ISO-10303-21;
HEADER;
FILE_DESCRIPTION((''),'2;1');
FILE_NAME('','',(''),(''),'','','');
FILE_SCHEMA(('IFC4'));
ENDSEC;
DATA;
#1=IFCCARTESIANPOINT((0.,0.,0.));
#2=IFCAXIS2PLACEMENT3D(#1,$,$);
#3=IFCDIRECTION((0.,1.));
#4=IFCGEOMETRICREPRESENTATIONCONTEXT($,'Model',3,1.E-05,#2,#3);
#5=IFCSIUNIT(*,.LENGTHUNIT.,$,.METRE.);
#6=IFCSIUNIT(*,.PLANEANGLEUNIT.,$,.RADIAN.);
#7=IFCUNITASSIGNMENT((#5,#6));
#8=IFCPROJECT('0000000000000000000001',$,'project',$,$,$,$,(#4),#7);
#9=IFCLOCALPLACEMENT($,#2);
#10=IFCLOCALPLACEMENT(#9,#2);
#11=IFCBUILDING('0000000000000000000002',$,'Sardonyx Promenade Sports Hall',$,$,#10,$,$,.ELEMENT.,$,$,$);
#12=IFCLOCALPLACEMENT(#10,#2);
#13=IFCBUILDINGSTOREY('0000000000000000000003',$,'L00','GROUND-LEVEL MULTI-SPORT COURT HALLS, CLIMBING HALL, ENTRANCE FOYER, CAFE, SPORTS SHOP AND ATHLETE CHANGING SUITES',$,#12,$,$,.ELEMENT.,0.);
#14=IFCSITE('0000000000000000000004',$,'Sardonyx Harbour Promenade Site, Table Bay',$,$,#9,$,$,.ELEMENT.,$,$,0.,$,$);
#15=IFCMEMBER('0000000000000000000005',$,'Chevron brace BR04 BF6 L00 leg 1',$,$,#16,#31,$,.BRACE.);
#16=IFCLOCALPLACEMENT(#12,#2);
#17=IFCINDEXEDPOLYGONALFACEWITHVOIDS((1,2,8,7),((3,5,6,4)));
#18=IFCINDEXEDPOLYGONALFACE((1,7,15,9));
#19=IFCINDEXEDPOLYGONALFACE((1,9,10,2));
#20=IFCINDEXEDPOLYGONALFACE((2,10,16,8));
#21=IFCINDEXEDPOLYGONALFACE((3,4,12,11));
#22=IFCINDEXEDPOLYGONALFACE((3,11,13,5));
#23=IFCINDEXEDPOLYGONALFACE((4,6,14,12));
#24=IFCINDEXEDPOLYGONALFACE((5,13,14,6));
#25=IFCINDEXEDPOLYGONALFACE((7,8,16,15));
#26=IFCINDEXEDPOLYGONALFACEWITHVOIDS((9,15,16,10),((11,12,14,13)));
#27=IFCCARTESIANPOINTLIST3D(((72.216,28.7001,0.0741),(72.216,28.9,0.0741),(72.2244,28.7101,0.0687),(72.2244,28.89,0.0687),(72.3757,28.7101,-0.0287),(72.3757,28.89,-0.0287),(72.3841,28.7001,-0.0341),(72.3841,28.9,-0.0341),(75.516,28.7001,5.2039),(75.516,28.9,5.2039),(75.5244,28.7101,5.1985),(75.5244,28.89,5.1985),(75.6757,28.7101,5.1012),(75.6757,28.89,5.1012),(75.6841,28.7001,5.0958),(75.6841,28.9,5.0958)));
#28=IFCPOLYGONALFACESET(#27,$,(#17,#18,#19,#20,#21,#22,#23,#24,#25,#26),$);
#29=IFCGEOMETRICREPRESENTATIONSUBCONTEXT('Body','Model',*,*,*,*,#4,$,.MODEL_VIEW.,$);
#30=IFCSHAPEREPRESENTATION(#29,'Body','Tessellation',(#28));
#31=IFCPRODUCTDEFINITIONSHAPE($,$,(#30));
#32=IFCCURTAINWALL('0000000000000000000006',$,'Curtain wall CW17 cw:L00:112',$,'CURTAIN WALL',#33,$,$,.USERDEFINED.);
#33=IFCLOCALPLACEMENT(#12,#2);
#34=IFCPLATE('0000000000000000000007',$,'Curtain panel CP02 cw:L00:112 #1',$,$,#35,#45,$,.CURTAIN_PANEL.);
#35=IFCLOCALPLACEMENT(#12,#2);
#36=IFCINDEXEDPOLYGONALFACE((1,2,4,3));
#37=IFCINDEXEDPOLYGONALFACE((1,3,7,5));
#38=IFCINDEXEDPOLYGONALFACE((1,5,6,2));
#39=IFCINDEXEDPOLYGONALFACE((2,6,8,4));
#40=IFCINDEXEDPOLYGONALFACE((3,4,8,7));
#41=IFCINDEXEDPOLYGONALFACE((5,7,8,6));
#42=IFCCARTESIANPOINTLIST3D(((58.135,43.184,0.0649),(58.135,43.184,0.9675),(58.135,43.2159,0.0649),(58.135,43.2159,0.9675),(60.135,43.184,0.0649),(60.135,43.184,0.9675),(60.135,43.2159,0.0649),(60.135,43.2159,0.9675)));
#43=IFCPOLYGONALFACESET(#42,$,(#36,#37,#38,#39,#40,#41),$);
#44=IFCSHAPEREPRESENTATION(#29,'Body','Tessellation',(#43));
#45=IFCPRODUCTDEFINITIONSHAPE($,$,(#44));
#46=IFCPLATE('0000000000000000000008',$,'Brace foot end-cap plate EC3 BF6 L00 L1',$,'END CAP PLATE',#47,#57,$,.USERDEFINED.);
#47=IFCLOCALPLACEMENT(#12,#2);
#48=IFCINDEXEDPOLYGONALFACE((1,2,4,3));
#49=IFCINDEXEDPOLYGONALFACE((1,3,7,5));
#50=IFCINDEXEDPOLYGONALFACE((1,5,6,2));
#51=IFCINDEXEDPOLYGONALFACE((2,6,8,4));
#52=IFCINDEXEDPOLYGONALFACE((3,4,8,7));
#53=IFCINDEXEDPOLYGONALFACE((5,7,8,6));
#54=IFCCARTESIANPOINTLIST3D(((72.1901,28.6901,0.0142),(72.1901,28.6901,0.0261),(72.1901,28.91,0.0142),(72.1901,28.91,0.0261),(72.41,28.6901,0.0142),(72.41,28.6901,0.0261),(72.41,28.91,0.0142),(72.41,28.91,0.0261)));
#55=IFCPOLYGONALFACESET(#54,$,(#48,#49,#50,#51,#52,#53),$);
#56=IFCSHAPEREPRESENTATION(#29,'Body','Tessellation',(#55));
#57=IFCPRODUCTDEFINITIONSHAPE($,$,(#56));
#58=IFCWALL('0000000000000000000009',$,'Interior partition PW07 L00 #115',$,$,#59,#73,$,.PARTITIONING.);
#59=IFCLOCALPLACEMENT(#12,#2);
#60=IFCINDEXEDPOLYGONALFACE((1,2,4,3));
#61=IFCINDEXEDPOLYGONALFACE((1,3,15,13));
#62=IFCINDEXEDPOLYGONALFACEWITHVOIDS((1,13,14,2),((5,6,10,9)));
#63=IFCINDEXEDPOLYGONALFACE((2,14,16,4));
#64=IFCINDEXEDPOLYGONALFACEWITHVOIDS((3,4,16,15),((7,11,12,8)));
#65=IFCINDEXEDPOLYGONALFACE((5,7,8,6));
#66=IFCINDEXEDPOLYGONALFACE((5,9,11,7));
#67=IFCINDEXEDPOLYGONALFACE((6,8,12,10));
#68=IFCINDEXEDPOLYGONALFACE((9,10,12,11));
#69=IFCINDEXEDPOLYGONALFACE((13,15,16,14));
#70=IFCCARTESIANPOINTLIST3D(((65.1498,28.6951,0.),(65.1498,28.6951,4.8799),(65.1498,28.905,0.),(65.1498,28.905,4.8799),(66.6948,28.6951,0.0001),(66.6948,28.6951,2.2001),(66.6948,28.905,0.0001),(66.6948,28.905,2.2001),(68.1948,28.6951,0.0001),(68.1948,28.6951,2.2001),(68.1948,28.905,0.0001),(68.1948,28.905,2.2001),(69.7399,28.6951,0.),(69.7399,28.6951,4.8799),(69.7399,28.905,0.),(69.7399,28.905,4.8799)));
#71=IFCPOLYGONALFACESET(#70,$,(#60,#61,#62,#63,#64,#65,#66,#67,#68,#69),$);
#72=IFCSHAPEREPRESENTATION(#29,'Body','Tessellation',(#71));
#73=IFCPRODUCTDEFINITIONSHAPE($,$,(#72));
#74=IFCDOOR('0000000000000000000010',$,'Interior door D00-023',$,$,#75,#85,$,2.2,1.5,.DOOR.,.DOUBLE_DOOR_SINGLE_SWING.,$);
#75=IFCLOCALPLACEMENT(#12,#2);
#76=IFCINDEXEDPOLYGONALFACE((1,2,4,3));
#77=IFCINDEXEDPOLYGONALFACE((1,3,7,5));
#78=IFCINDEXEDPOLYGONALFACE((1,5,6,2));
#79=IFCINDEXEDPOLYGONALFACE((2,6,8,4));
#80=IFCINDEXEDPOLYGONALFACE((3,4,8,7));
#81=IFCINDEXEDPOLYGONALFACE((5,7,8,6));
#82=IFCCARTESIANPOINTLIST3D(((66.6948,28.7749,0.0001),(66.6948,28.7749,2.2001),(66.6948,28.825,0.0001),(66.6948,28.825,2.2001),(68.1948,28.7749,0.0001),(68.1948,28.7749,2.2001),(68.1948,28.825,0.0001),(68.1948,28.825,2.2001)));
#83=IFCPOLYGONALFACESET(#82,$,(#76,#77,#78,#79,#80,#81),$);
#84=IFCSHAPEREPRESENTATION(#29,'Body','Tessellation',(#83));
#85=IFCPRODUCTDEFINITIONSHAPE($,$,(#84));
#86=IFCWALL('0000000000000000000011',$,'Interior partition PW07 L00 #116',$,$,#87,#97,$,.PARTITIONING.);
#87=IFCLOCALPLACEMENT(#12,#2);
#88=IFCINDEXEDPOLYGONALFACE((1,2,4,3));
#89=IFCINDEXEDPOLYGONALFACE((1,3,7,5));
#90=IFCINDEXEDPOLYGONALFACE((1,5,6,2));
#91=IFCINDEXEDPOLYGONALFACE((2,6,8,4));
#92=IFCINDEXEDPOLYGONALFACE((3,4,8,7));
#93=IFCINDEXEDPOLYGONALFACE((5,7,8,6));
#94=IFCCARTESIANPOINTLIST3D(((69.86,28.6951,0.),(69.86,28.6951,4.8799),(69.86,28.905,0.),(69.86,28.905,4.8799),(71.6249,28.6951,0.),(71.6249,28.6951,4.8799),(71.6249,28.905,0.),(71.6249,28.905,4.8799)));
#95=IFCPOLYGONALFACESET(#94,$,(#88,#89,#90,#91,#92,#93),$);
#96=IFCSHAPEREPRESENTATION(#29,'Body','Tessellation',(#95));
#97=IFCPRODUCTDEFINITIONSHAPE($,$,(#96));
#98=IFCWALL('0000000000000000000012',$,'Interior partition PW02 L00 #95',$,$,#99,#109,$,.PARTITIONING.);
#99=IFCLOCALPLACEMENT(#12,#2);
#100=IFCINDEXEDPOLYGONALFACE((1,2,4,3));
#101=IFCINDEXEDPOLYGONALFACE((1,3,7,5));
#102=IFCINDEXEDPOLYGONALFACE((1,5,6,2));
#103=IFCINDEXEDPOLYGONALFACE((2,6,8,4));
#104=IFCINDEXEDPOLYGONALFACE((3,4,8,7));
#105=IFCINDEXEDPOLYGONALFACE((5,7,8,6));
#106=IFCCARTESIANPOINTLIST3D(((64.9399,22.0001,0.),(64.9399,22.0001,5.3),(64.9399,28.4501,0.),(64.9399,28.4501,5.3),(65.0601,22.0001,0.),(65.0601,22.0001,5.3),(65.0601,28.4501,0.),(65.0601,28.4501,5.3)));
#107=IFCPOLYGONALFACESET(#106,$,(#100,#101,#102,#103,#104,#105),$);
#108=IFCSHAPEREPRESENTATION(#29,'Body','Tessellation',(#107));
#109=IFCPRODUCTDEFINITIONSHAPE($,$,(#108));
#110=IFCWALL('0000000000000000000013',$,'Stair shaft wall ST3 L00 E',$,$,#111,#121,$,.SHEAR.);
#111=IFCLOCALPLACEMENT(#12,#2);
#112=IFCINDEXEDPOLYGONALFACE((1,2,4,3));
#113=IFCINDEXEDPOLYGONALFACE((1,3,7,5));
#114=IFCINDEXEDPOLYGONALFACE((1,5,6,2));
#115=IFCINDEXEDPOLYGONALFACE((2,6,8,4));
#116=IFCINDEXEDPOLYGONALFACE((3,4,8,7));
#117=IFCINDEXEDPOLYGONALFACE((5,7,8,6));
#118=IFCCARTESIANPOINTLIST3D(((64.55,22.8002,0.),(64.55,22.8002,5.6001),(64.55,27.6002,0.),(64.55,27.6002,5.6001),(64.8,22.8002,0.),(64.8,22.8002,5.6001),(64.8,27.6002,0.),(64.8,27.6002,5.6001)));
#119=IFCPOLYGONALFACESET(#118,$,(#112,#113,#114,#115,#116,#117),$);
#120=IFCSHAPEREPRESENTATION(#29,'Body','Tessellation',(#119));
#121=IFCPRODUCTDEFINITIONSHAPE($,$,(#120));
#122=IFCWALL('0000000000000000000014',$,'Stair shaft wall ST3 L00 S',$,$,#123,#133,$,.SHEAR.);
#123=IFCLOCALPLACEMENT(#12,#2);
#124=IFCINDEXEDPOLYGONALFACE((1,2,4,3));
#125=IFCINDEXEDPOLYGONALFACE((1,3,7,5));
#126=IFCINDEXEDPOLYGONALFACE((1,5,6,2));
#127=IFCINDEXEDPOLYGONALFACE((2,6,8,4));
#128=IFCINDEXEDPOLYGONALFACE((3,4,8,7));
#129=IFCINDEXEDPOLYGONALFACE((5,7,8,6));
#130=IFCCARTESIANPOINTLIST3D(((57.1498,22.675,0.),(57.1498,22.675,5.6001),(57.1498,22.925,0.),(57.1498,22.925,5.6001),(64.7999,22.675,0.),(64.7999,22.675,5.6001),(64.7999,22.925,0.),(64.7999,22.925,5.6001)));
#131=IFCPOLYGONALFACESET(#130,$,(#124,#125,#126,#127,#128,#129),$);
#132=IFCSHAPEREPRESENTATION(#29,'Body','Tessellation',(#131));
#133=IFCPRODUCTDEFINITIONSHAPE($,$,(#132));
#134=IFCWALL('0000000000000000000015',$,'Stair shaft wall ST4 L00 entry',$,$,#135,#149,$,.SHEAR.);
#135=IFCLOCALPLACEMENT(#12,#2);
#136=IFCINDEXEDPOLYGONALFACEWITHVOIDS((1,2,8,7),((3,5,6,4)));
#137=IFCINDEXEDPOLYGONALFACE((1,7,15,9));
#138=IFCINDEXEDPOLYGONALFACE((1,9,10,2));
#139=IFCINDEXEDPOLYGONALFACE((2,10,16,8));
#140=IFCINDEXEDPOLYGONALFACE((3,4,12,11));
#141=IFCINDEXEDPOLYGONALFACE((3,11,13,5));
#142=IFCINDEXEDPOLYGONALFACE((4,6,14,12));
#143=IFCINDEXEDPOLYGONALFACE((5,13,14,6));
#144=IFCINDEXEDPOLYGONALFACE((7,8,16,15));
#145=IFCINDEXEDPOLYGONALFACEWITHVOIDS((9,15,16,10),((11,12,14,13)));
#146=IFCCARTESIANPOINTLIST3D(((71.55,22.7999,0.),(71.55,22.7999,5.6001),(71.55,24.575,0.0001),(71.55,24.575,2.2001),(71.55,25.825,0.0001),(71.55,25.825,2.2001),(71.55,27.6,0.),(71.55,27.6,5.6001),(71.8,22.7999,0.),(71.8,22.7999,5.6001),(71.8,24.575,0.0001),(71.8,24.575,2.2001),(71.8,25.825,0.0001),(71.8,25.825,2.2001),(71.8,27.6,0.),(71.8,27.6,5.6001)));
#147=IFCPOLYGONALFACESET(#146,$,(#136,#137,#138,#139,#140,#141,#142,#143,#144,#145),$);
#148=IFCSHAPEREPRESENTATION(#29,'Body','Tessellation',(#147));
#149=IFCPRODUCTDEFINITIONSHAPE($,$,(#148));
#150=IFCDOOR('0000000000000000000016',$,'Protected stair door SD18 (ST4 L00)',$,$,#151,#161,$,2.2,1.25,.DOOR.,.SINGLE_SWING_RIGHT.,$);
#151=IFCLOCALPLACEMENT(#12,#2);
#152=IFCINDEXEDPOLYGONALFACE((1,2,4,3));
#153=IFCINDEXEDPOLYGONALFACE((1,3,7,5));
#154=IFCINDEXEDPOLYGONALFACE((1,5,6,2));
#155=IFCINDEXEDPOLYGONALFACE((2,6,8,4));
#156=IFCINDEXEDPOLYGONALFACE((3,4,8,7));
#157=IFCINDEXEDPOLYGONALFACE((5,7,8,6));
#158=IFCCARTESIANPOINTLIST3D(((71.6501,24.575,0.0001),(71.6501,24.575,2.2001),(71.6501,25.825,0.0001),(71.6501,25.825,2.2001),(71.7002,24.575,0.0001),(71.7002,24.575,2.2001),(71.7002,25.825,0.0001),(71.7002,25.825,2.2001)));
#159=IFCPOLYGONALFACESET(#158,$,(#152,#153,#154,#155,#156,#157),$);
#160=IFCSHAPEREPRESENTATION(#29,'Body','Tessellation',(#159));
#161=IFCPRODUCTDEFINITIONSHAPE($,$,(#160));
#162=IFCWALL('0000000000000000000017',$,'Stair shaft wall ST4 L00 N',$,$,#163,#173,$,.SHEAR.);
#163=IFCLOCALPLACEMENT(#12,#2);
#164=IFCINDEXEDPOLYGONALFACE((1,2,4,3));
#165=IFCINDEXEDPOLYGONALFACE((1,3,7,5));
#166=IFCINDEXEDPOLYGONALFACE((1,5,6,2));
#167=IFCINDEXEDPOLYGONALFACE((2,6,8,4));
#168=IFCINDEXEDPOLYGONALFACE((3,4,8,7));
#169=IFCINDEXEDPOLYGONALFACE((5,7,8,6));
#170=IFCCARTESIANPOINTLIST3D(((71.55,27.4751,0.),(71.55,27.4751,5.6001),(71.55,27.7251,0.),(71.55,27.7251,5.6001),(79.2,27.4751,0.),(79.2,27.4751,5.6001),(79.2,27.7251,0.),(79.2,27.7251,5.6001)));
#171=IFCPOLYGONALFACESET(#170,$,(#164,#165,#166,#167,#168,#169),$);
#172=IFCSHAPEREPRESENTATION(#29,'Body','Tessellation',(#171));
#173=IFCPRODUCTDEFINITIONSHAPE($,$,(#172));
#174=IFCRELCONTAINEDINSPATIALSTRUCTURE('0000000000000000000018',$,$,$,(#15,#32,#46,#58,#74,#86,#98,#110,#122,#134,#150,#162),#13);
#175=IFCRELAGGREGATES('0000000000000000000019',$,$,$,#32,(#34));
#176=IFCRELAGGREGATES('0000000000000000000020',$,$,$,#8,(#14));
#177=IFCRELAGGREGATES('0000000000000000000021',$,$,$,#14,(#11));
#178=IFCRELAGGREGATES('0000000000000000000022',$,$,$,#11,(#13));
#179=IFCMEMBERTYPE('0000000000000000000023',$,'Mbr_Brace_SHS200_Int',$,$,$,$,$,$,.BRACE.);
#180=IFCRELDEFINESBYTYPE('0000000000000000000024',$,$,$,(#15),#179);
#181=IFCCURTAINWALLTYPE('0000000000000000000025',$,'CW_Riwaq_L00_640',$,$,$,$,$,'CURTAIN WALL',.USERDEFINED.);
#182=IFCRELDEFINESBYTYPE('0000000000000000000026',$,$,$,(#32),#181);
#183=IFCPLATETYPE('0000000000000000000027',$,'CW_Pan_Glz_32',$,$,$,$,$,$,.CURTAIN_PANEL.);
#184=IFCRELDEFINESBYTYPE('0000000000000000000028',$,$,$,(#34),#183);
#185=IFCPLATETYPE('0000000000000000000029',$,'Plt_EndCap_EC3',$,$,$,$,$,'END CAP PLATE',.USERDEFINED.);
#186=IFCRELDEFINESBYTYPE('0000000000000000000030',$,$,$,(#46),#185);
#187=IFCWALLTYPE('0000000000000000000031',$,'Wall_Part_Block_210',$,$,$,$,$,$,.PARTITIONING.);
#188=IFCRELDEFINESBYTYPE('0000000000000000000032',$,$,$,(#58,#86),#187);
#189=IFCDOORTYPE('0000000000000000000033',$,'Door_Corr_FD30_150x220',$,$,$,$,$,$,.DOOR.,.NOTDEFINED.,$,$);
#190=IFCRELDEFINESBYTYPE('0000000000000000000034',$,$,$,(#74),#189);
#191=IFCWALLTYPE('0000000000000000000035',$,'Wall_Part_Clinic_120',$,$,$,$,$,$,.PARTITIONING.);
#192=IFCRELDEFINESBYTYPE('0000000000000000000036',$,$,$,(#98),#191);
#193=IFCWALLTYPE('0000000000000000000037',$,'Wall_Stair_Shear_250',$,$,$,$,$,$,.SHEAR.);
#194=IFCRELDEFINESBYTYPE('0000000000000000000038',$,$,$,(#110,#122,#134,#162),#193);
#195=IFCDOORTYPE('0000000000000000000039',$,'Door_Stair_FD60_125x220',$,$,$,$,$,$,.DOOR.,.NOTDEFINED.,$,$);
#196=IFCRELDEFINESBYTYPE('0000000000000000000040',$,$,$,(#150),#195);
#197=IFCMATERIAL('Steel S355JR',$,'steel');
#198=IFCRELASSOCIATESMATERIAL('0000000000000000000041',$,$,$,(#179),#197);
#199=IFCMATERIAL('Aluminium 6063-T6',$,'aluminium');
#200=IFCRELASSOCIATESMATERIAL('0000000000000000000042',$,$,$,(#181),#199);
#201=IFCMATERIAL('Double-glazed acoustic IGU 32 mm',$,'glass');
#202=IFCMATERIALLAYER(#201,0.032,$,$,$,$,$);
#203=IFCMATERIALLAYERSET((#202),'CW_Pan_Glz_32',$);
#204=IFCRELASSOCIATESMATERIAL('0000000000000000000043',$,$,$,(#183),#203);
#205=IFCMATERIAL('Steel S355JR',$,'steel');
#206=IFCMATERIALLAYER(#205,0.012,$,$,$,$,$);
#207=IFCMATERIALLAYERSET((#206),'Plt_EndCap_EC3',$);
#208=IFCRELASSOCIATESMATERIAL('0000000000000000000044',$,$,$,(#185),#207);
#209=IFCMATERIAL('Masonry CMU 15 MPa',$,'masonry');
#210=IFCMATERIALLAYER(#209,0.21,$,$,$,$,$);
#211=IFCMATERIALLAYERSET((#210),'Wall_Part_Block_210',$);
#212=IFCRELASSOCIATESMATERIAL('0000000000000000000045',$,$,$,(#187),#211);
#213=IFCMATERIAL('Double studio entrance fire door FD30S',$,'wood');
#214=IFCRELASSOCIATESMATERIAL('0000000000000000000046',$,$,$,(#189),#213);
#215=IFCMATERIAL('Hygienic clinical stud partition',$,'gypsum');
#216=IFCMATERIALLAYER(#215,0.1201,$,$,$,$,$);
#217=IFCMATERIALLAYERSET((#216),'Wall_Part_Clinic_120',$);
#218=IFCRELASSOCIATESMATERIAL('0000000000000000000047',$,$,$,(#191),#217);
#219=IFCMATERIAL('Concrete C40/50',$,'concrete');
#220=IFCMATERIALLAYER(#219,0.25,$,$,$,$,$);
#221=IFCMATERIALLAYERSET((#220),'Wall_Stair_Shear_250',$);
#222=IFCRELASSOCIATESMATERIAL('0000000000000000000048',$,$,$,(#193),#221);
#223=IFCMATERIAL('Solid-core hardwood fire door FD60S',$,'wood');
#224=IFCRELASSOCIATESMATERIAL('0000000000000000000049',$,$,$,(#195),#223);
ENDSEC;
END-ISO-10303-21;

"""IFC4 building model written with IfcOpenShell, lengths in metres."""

from ifc_helpers import new_model, si_unit, direction, frame, frame_2d, origin, origin_2d, place, context, subcontext, project, spatial, rectangle, hollow_rectangle, extrude, material, layer, layer_set, material_profile, profile_set, type_object, element, fill, aggregate, save


model = new_model("IFC4")

# Units and contexts
model_context = context("Model", 3, precision=1e-05, world=origin(), true_north=direction((0.0, 1.0)))
body_context = subcontext(model_context, "Body", "Model", "MODEL_VIEW")
ifc_project = project(units=[si_unit("LENGTHUNIT", "METRE"), si_unit("PLANEANGLEUNIT", "RADIAN")], contexts=[model_context])

# Site, building, storey
site_placement = place(None, origin())
site = spatial("IfcSite", under=ifc_project, at=site_placement, Name="Sardonyx Harbour Promenade Site, Table Bay", CompositionType="ELEMENT", RefElevation=0.0)
building_placement = place(site_placement, origin())
building = spatial("IfcBuilding", under=site, at=building_placement, Name="Sardonyx Promenade Sports Hall", CompositionType="ELEMENT")
storey_placement = place(building_placement, origin())
storey = spatial("IfcBuildingStorey", under=building, at=storey_placement, Name="L00", Description="GROUND-LEVEL MULTI-SPORT COURT HALLS, CLIMBING HALL, ENTRANCE FOYER, CAFE, SPORTS SHOP AND ATHLETE CHANGING SUITES", CompositionType="ELEMENT", Elevation=0.0)

# Member
ifc_material_1 = material(Name="Steel S355JR", Category="steel")
ifc_material_profile_1 = material_profile(ifc_material_1, hollow_rectangle(XDim=0.2, YDim=0.2, WallThickness=0.01, at=origin_2d()))
ifc_profile_set_1 = profile_set([ifc_material_profile_1], Name="Steel S355JR")
member_type = type_object("IfcMemberType", Name="Mbr_Brace_SHS200_Int", PredefinedType="BRACE", material=ifc_profile_set_1)
member_placement = place(storey_placement, frame((72.3, 28.8, 0.02), z_axis=(0.541021, 0.0, 0.841009), x_axis=(0.0, 1.0, 0.0)))
element("IfcMember", 1, at=member_placement, inside=storey, type_object=member_type, Name="Chevron brace BR04 BF6 L00 leg 1", PredefinedType="BRACE", context=body_context, shape_type="SweptSolid", body=[
    extrude(hollow_rectangle(XDim=0.2, YDim=0.2, WallThickness=0.01, at=origin_2d()), origin(), (0.0, 0.0, 1.0), 6.0996),
])

# Curtain wall, plate
ifc_material_2 = material(Name="Aluminium 6063-T6", Category="aluminium")
curtain_wall_type = type_object("IfcCurtainWallType", Name="CW_Riwaq_L00_640", ElementType="CURTAIN WALL", PredefinedType="USERDEFINED", material=ifc_material_2)
curtain_wall_placement = place(storey_placement, origin())
curtain_wall = element("IfcCurtainWall", 2, at=curtain_wall_placement, inside=storey, type_object=curtain_wall_type, Name="Curtain wall CW17 cw:L00:112", ObjectType="CURTAIN WALL", PredefinedType="USERDEFINED")
ifc_material_3 = material(Name="Double-glazed acoustic IGU 32 mm", Category="glass")
ifc_layer_1 = layer(ifc_material_3, 0.032)
ifc_layer_set_1 = layer_set([ifc_layer_1], Name="CW_Pan_Glz_32")
plate_type_1 = type_object("IfcPlateType", Name="CW_Pan_Glz_32", PredefinedType="CURTAIN_PANEL", material=ifc_layer_set_1)
plate_1_placement = place(storey_placement, frame((59.135, 43.2, 0.0649), z_axis=(0.0, 0.0, 1.0), x_axis=(1.0, 0.0, 0.0)))
plate_1 = element("IfcPlate", 3, at=plate_1_placement, type_object=plate_type_1, Name="Curtain panel CP02 cw:L00:112 #1", PredefinedType="CURTAIN_PANEL", context=body_context, shape_type="SweptSolid", body=[
    extrude(rectangle(XDim=2.0, YDim=0.032, at=origin_2d()), origin(), (0.0, 0.0, 1.0), 0.9026),
])
aggregate(curtain_wall, [plate_1])

# Plate
ifc_material_4 = material(Name="Steel S355JR", Category="steel")
ifc_layer_2 = layer(ifc_material_4, 0.012)
ifc_layer_set_2 = layer_set([ifc_layer_2], Name="Plt_EndCap_EC3")
plate_type_2 = type_object("IfcPlateType", Name="Plt_EndCap_EC3", ElementType="END CAP PLATE", PredefinedType="USERDEFINED", material=ifc_layer_set_2)
plate_2_placement = place(storey_placement, frame((72.3, 28.8, 0.0142), z_axis=(0.0, 0.0, 1.0), x_axis=(1.0, 0.0, 0.0)))
element("IfcPlate", 4, at=plate_2_placement, inside=storey, type_object=plate_type_2, Name="Brace foot end-cap plate EC3 BF6 L00 L1", ObjectType="END CAP PLATE", PredefinedType="USERDEFINED", context=body_context, shape_type="SweptSolid", body=[
    extrude(rectangle(XDim=0.22, YDim=0.22, at=origin_2d()), origin(), (0.0, 0.0, 1.0), 0.012),
])

# Wall, opening, door
ifc_material_5 = material(Name="Masonry CMU 15 MPa", Category="masonry")
ifc_layer_3 = layer(ifc_material_5, 0.21)
ifc_layer_set_3 = layer_set([ifc_layer_3], Name="Wall_Part_Block_210")
wall_type_1 = type_object("IfcWallType", Name="Wall_Part_Block_210", PredefinedType="PARTITIONING", material=ifc_layer_set_3)
wall_1_placement = place(storey_placement, frame((65.1499, 28.8, 0.0), z_axis=(0.0, 0.0, 1.0), x_axis=(1.0, 0.0, 0.0)))
wall_1 = element("IfcWall", 5, at=wall_1_placement, inside=storey, type_object=wall_type_1, Name="Interior partition PW07 L00 #115", PredefinedType="PARTITIONING", context=body_context, shape_type="SweptSolid", body=[
    extrude(rectangle(XDim=4.5901, YDim=0.21, at=frame_2d((2.2949, 0.0))), origin(), (0.0, 0.0, 1.0), 4.8799),
])
opening_1_placement = place(wall_1_placement, frame((1.5449, 0.0, 0.0)))
opening_1 = element("IfcOpeningElement", 6, at=opening_1_placement, cuts=wall_1, PredefinedType="OPENING", context=body_context, shape_type="SweptSolid", body=[
    extrude(rectangle(XDim=1.5, YDim=2.2, at=frame_2d((0.75, 1.1001))), frame((0.0, 0.115, 0.0), z_axis=(0.0, -1.0, 0.0), x_axis=(1.0, 0.0, 0.0)), (0.0, 0.0, 1.0), 0.23),
])
ifc_material_6 = material(Name="Double studio entrance fire door FD30S", Category="wood")
door_type_1 = type_object("IfcDoorType", Name="Door_Corr_FD30_150x220", OperationType="NOTDEFINED", PredefinedType="DOOR", material=ifc_material_6)
door_1_placement = place(opening_1_placement, origin())
door_1 = element("IfcDoor", 7, at=door_1_placement, inside=storey, type_object=door_type_1, Name="Interior door D00-023", OperationType="DOUBLE_DOOR_SINGLE_SWING", OverallHeight=2.2, OverallWidth=1.5, PredefinedType="DOOR", context=body_context, shape_type="SweptSolid", body=[
    extrude(rectangle(XDim=1.5, YDim=2.2, at=frame_2d((0.75, 1.1001))), frame((0.0, 0.0249, 0.0), z_axis=(0.0, -1.0, 0.0), x_axis=(1.0, 0.0, 0.0)), (0.0, 0.0, 1.0), 0.05),
])
fill(opening_1, door_1)

# Walls
wall_2_placement = place(storey_placement, frame((69.8601, 28.8, 0.0), z_axis=(0.0, 0.0, 1.0), x_axis=(1.0, 0.0, 0.0)))
element("IfcWall", 8, at=wall_2_placement, inside=storey, type_object=wall_type_1, Name="Interior partition PW07 L00 #116", PredefinedType="PARTITIONING", context=body_context, shape_type="SweptSolid", body=[
    extrude(rectangle(XDim=1.7649, YDim=0.21, at=frame_2d((0.8823, 0.0))), origin(), (0.0, 0.0, 1.0), 4.8799),
])
ifc_material_7 = material(Name="Hygienic clinical stud partition", Category="gypsum")
ifc_layer_4 = layer(ifc_material_7, 0.1201)
ifc_layer_set_4 = layer_set([ifc_layer_4], Name="Wall_Part_Clinic_120")
wall_type_2 = type_object("IfcWallType", Name="Wall_Part_Clinic_120", PredefinedType="PARTITIONING", material=ifc_layer_set_4)
wall_3_placement = place(storey_placement, frame((65.0, 22.0, 0.0), z_axis=(0.0, 0.0, 1.0), x_axis=(0.0, 1.0, 0.0)))
element("IfcWall", 9, at=wall_3_placement, inside=storey, type_object=wall_type_2, Name="Interior partition PW02 L00 #95", PredefinedType="PARTITIONING", context=body_context, shape_type="SweptSolid", body=[
    extrude(rectangle(XDim=6.45, YDim=0.1201, at=frame_2d((3.2251, 0.0))), origin(), (0.0, 0.0, 1.0), 5.3),
])
ifc_material_8 = material(Name="Concrete C40/50", Category="concrete")
ifc_layer_5 = layer(ifc_material_8, 0.25)
ifc_layer_set_5 = layer_set([ifc_layer_5], Name="Wall_Stair_Shear_250")
wall_type_3 = type_object("IfcWallType", Name="Wall_Stair_Shear_250", PredefinedType="SHEAR", material=ifc_layer_set_5)
wall_4_placement = place(storey_placement, frame((64.675, 27.6001, 0.0), z_axis=(0.0, 0.0, 1.0), x_axis=(0.0, -1.0, 0.0)))
element("IfcWall", 10, at=wall_4_placement, inside=storey, type_object=wall_type_3, Name="Stair shaft wall ST3 L00 E", PredefinedType="SHEAR", context=body_context, shape_type="SweptSolid", body=[
    extrude(rectangle(XDim=4.8, YDim=0.25, at=frame_2d((2.3999, 0.0))), origin(), (0.0, 0.0, 1.0), 5.6001),
])
wall_5_placement = place(storey_placement, frame((64.8, 22.8, 0.0), z_axis=(0.0, 0.0, 1.0), x_axis=(-1.0, 0.0, 0.0)))
element("IfcWall", 11, at=wall_5_placement, inside=storey, type_object=wall_type_3, Name="Stair shaft wall ST3 L00 S", PredefinedType="SHEAR", context=body_context, shape_type="SweptSolid", body=[
    extrude(rectangle(XDim=7.6501, YDim=0.25, at=frame_2d((3.8252, 0.0))), origin(), (0.0, 0.0, 1.0), 5.6001),
])

# Wall, opening, door
wall_6_placement = place(storey_placement, frame((71.675, 22.8, 0.0), z_axis=(0.0, 0.0, 1.0), x_axis=(0.0, 1.0, 0.0)))
wall_6 = element("IfcWall", 12, at=wall_6_placement, inside=storey, type_object=wall_type_3, Name="Stair shaft wall ST4 L00 entry", PredefinedType="SHEAR", context=body_context, shape_type="SweptSolid", body=[
    extrude(rectangle(XDim=4.8, YDim=0.25, at=frame_2d((2.3999, 0.0))), origin(), (0.0, 0.0, 1.0), 5.6001),
])
opening_2_placement = place(wall_6_placement, frame((1.7749, 0.0, 0.0)))
opening_2 = element("IfcOpeningElement", 13, at=opening_2_placement, cuts=wall_6, PredefinedType="OPENING", context=body_context, shape_type="SweptSolid", body=[
    extrude(rectangle(XDim=1.25, YDim=2.2, at=frame_2d((0.625, 1.1001))), frame((0.0, 0.135, 0.0), z_axis=(0.0, -1.0, 0.0), x_axis=(1.0, 0.0, 0.0)), (0.0, 0.0, 1.0), 0.27),
])
ifc_material_9 = material(Name="Solid-core hardwood fire door FD60S", Category="wood")
door_type_2 = type_object("IfcDoorType", Name="Door_Stair_FD60_125x220", OperationType="NOTDEFINED", PredefinedType="DOOR", material=ifc_material_9)
door_2_placement = place(opening_2_placement, origin())
door_2 = element("IfcDoor", 14, at=door_2_placement, inside=storey, type_object=door_type_2, Name="Protected stair door SD18 (ST4 L00)", OperationType="SINGLE_SWING_RIGHT", OverallHeight=2.2, OverallWidth=1.25, PredefinedType="DOOR", context=body_context, shape_type="SweptSolid", body=[
    extrude(rectangle(XDim=1.25, YDim=2.2, at=frame_2d((0.625, 1.1001))), frame((0.0, 0.0249, 0.0), z_axis=(0.0, -1.0, 0.0), x_axis=(1.0, 0.0, 0.0)), (0.0, 0.0, 1.0), 0.05),
])
fill(opening_2, door_2)

# Wall
wall_7_placement = place(storey_placement, frame((71.55, 27.6001, 0.0), z_axis=(0.0, 0.0, 1.0), x_axis=(1.0, 0.0, 0.0)))
element("IfcWall", 15, at=wall_7_placement, inside=storey, type_object=wall_type_3, Name="Stair shaft wall ST4 L00 N", PredefinedType="SHEAR", context=body_context, shape_type="SweptSolid", body=[
    extrude(rectangle(XDim=7.6499, YDim=0.25, at=frame_2d((3.825, 0.0))), origin(), (0.0, 0.0, 1.0), 5.6001),
])

save(model, "model.ifc")
